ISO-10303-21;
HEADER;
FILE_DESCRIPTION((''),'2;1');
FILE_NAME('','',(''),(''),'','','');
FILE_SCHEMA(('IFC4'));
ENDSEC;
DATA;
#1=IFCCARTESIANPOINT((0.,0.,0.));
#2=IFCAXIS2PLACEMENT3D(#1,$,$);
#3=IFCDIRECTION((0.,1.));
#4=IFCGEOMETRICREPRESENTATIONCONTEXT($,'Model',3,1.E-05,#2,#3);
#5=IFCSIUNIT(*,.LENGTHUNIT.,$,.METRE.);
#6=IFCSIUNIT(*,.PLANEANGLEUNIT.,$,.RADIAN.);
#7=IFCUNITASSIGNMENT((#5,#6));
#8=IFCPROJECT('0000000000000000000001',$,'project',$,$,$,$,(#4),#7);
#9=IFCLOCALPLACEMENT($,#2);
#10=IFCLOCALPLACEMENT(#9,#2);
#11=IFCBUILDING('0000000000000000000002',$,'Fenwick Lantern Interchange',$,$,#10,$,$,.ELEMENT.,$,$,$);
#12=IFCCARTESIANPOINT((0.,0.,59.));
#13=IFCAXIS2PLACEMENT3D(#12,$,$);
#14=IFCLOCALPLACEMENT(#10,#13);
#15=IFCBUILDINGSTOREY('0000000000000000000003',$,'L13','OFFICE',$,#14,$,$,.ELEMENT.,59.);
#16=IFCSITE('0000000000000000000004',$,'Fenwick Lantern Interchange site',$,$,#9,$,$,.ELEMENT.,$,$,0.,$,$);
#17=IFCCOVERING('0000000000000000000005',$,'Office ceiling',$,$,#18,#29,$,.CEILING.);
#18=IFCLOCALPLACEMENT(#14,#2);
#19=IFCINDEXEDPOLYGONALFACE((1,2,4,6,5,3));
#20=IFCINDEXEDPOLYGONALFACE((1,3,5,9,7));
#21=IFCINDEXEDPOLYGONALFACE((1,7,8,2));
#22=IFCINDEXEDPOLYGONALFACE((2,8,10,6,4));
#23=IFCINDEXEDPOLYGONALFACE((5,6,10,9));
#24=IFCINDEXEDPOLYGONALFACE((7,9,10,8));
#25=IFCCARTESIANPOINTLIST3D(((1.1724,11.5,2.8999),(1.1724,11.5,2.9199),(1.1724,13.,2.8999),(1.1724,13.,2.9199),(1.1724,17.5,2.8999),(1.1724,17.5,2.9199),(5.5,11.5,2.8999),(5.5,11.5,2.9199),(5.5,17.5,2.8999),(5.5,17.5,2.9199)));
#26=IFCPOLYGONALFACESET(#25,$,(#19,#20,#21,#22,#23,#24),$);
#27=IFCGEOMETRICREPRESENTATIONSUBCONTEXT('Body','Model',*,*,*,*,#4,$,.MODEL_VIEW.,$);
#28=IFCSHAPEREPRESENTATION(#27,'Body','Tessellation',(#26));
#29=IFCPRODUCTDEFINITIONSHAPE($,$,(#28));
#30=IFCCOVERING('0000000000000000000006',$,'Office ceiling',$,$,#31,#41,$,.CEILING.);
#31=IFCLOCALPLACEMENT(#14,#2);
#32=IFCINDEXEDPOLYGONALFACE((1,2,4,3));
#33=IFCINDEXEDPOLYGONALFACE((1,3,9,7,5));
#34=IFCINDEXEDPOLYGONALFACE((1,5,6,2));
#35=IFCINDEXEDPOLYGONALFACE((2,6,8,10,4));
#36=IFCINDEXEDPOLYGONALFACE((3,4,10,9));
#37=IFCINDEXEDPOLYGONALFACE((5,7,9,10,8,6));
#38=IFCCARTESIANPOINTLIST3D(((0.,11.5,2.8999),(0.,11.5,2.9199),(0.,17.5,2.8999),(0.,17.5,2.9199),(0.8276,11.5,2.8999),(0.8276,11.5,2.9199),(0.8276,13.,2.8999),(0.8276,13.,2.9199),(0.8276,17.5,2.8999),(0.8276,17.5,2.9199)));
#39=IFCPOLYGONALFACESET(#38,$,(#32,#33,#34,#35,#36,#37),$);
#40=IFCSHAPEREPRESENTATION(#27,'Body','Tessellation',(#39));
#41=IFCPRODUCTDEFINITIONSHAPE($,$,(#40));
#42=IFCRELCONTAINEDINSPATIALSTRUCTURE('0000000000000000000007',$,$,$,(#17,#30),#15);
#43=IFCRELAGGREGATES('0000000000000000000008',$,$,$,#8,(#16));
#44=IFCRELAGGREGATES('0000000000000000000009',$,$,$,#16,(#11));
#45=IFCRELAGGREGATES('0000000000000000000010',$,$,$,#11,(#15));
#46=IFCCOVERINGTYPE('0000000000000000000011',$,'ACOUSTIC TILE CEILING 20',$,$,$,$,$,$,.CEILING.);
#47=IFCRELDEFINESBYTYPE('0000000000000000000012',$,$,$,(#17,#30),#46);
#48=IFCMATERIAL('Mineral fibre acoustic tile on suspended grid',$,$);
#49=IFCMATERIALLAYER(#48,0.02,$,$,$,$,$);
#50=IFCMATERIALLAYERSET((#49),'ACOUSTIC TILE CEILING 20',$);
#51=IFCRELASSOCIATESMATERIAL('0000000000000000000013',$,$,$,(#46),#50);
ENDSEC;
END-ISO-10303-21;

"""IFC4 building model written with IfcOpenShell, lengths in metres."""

from ifc_helpers import new_model, si_unit, direction, frame, origin, place, context, subcontext, project, spatial, polyline, outline, extrude, material, layer, layer_set, type_object, element, save


model = new_model("IFC4")

# Units and contexts
model_context = context("Model", 3, precision=1e-05, world=origin(), true_north=direction((0.0, 1.0)))
body_context = subcontext(model_context, "Body", "Model", "MODEL_VIEW")
ifc_project = project(units=[si_unit("LENGTHUNIT", "METRE"), si_unit("PLANEANGLEUNIT", "RADIAN")], contexts=[model_context])

# Site, building, storey
site_placement = place(None, origin())
site = spatial("IfcSite", under=ifc_project, at=site_placement, Name="Fenwick Lantern Interchange site", CompositionType="ELEMENT", RefElevation=0.0)
building_placement = place(site_placement, origin())
building = spatial("IfcBuilding", under=site, at=building_placement, Name="Fenwick Lantern Interchange", CompositionType="ELEMENT")
storey_placement = place(building_placement, frame((0.0, 0.0, 59.0)))
storey = spatial("IfcBuildingStorey", under=building, at=storey_placement, Name="L13", Description="OFFICE", CompositionType="ELEMENT", Elevation=59.0)

# Coverings
ifc_material_1 = material(Name="Mineral fibre acoustic tile on suspended grid")
ifc_layer_1 = layer(ifc_material_1, 0.02)
ifc_layer_set_1 = layer_set([ifc_layer_1], Name="ACOUSTIC TILE CEILING 20")
covering_type_1 = type_object("IfcCoveringType", Name="ACOUSTIC TILE CEILING 20", PredefinedType="CEILING", material=ifc_layer_set_1)
covering_1_placement = place(storey_placement, frame((0.0, 0.0, 2.8999)))
element("IfcCovering", 1, at=covering_1_placement, inside=storey, type_object=covering_type_1, Name="Office ceiling", PredefinedType="CEILING", context=body_context, shape_type="SweptSolid", body=[
    extrude(outline(polyline([(5.5, 17.5), (1.1724, 17.5), (1.1724, 13.0), (1.1724, 11.5), (5.5, 11.5), (5.5, 17.5)])), origin(), (0.0, 0.0, 1.0), 0.02),
])
covering_2_placement = place(storey_placement, frame((0.0, 0.0, 2.8999)))
element("IfcCovering", 2, at=covering_2_placement, inside=storey, type_object=covering_type_1, Name="Office ceiling", PredefinedType="CEILING", context=body_context, shape_type="SweptSolid", body=[
    extrude(outline(polyline([(0.0, 11.5), (0.8276, 11.5), (0.8276, 13.0), (0.8276, 17.5), (0.0, 17.5), (0.0, 11.5)])), origin(), (0.0, 0.0, 1.0), 0.02),
])

save(model, "model.ifc")
